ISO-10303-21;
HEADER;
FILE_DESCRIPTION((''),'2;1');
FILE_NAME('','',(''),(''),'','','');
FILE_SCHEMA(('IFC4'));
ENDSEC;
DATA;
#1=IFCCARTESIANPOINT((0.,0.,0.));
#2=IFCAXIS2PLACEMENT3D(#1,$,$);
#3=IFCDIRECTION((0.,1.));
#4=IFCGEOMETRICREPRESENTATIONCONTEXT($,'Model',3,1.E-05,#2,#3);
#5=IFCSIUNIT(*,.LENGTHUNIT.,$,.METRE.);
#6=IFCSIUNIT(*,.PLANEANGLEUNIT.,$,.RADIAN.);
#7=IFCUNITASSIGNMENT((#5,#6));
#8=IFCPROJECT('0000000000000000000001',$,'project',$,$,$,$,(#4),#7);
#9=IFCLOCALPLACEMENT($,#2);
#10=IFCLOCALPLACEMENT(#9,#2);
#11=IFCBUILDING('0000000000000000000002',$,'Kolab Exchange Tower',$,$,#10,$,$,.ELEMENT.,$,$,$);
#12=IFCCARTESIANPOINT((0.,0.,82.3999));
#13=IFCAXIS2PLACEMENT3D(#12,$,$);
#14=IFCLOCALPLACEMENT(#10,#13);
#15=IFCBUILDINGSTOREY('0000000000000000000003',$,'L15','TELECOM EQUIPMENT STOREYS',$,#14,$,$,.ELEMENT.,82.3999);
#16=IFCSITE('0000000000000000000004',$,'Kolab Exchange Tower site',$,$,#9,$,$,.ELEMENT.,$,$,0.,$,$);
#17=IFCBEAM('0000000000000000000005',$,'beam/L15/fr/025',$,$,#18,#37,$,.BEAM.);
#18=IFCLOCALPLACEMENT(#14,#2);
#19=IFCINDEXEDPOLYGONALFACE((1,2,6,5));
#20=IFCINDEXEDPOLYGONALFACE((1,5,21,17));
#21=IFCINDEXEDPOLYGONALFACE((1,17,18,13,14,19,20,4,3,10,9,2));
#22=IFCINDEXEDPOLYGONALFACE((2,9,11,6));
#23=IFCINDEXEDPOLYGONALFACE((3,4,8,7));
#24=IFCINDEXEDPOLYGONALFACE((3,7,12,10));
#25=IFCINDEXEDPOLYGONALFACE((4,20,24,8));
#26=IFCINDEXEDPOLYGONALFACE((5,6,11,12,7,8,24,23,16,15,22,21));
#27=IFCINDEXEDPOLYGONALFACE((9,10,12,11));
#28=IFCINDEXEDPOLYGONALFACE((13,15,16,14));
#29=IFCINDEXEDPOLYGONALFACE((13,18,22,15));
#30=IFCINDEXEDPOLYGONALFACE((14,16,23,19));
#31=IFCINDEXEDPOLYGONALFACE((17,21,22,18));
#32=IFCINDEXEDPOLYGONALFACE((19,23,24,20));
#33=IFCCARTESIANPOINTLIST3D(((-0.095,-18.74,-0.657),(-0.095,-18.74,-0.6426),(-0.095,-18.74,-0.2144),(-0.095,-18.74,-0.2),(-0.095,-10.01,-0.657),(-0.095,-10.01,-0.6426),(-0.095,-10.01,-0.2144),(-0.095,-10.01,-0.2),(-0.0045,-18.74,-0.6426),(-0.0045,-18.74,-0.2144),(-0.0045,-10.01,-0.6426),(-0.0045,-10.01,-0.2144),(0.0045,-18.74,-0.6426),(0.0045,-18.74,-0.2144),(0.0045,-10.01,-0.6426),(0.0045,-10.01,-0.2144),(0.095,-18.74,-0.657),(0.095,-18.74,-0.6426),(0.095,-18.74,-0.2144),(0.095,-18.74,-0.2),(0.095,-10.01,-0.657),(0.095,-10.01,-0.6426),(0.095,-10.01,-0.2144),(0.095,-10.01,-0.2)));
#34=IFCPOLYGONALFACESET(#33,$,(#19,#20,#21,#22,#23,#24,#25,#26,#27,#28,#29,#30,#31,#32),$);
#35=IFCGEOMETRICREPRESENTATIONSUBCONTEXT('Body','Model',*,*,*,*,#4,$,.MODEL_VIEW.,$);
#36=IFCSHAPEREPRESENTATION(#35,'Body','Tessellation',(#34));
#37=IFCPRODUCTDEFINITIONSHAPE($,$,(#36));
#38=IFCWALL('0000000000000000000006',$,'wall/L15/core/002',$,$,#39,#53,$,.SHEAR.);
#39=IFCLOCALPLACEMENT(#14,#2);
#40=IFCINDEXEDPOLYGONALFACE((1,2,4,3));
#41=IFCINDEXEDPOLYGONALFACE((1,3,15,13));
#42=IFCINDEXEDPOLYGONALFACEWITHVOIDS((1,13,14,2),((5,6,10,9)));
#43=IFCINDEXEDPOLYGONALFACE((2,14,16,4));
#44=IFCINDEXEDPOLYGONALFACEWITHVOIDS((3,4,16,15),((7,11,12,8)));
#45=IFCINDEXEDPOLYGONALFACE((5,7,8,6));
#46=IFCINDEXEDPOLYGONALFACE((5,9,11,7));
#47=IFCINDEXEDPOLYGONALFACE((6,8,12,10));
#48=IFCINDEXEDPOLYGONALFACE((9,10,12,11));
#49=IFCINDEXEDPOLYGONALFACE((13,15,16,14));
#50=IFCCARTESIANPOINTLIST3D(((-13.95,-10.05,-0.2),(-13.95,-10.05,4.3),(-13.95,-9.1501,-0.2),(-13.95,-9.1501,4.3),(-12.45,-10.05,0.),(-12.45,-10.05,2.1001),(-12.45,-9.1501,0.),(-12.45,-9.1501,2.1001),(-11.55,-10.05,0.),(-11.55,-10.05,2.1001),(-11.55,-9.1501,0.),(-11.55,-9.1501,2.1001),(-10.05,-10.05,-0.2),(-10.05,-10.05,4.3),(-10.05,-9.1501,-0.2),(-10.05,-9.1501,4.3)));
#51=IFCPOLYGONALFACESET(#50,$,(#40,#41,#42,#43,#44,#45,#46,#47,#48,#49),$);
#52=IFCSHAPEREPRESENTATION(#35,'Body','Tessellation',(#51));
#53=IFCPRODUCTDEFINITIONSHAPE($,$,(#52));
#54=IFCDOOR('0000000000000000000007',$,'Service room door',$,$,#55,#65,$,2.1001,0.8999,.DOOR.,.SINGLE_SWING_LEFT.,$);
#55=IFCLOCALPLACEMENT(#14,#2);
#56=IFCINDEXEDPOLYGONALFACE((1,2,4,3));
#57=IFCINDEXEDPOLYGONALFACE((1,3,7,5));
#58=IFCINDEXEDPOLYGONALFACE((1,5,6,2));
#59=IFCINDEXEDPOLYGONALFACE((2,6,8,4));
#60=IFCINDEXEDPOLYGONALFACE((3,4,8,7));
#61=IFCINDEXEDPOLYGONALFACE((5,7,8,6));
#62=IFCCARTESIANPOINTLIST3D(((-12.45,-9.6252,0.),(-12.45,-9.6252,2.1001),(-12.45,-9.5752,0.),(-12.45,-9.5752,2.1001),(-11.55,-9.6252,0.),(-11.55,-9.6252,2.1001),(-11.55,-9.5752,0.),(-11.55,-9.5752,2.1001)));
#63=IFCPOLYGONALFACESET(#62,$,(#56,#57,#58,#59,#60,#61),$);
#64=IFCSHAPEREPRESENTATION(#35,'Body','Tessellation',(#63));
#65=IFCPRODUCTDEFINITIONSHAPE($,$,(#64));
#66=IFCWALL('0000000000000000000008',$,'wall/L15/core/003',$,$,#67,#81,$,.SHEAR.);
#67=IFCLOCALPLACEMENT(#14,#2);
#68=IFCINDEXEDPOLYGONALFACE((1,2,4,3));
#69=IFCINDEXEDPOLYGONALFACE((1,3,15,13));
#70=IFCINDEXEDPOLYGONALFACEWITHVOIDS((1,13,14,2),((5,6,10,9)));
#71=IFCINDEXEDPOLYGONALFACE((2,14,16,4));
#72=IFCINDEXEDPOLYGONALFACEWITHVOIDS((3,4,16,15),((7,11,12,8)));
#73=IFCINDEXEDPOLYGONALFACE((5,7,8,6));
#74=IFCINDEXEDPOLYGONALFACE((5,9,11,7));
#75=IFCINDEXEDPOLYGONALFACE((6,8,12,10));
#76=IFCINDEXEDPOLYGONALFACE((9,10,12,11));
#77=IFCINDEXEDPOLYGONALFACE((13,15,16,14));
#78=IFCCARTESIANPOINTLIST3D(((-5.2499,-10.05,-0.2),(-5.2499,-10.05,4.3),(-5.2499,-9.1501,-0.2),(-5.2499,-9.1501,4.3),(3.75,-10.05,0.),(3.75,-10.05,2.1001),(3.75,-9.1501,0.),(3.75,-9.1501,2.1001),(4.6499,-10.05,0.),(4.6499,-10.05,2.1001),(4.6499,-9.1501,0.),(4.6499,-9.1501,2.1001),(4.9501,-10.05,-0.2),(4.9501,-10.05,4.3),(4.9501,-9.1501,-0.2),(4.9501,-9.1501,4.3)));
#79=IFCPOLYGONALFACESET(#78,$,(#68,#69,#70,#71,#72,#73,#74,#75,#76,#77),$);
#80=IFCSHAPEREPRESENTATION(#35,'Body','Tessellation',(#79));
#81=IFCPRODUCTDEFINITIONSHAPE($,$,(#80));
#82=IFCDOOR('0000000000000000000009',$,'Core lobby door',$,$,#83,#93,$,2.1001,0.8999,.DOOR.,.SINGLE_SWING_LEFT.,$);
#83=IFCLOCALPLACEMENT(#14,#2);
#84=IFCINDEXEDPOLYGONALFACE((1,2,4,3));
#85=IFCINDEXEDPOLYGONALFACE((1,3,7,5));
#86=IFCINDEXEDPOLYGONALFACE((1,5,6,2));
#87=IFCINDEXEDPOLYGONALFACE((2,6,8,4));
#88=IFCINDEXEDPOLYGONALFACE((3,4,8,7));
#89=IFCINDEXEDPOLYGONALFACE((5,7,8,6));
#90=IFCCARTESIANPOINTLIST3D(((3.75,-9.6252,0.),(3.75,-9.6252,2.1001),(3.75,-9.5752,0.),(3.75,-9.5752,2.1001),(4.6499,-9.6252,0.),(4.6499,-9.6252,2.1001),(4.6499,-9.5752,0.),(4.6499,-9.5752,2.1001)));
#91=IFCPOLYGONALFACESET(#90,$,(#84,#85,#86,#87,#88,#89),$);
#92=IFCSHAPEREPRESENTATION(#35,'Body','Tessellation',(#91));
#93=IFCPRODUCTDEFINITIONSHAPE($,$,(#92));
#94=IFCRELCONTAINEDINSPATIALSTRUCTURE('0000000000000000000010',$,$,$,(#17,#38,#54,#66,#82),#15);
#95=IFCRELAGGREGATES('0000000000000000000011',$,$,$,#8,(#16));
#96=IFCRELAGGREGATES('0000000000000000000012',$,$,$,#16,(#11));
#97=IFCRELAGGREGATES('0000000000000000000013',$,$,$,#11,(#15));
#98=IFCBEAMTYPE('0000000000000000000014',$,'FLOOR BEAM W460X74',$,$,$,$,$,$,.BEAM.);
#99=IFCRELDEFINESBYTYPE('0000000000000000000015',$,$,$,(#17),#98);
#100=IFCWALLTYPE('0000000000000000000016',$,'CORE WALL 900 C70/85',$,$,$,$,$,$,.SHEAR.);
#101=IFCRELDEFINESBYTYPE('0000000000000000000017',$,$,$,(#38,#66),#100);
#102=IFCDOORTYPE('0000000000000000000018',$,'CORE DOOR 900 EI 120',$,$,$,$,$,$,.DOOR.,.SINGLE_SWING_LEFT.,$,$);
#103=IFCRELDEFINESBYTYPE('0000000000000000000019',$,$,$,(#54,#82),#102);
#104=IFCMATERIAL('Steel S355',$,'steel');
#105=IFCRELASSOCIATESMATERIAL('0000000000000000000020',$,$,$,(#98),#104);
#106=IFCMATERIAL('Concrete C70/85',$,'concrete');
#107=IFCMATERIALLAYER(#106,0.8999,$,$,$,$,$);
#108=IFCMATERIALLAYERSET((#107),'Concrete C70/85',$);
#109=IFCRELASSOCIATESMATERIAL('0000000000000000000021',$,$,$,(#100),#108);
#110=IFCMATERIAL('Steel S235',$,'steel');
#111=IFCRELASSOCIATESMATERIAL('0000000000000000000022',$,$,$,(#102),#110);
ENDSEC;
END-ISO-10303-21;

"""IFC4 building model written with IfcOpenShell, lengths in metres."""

from ifc_helpers import new_model, si_unit, direction, frame, frame_2d, origin, origin_2d, place, context, subcontext, project, spatial, rectangle, i_section, extrude, material, layer, layer_set, material_profile, profile_set, type_object, element, fill, save


model = new_model("IFC4")

# Units and contexts
model_context = context("Model", 3, precision=1e-05, world=origin(), true_north=direction((0.0, 1.0)))
body_context = subcontext(model_context, "Body", "Model", "MODEL_VIEW")
ifc_project = project(units=[si_unit("LENGTHUNIT", "METRE"), si_unit("PLANEANGLEUNIT", "RADIAN")], contexts=[model_context])

# Site, building, storey
site_placement = place(None, origin())
site = spatial("IfcSite", under=ifc_project, at=site_placement, Name="Kolab Exchange Tower site", CompositionType="ELEMENT", RefElevation=0.0)
building_placement = place(site_placement, origin())
building = spatial("IfcBuilding", under=site, at=building_placement, Name="Kolab Exchange Tower", CompositionType="ELEMENT")
storey_placement = place(building_placement, frame((0.0, 0.0, 82.3999)))
storey = spatial("IfcBuildingStorey", under=building, at=storey_placement, Name="L15", Description="TELECOM EQUIPMENT STOREYS", CompositionType="ELEMENT", Elevation=82.3999)

# Beam
ifc_material_1 = material(Name="Steel S355", Category="steel")
ifc_material_profile = material_profile(ifc_material_1, i_section(OverallWidth=0.1899, OverallDepth=0.457, WebThickness=0.009, FlangeThickness=0.0144, at=origin_2d()), Name="W460X74")
ifc_profile_set = profile_set([ifc_material_profile], Name="Steel S355")
beam_type = type_object("IfcBeamType", Name="FLOOR BEAM W460X74", PredefinedType="BEAM", material=ifc_profile_set)
beam_placement = place(storey_placement, frame((0.0, -18.74, -0.4285), z_axis=(0.0, 1.0, 0.0), x_axis=(-1.0, 0.0, 0.0)))
element("IfcBeam", 1, at=beam_placement, inside=storey, type_object=beam_type, Name="beam/L15/fr/025", PredefinedType="BEAM", context=body_context, shape_type="SweptSolid", body=[
    extrude(i_section(OverallWidth=0.1899, OverallDepth=0.457, WebThickness=0.009, FlangeThickness=0.0144, at=origin_2d()), origin(), (0.0, 0.0, 1.0), 8.73),
])

# Walls, openings, doors
ifc_material_2 = material(Name="Concrete C70/85", Category="concrete")
ifc_layer_1 = layer(ifc_material_2, 0.8999)
ifc_layer_set_1 = layer_set([ifc_layer_1], Name="Concrete C70/85")
wall_type_1 = type_object("IfcWallType", Name="CORE WALL 900 C70/85", PredefinedType="SHEAR", material=ifc_layer_set_1)
wall_1_placement = place(storey_placement, frame((-13.95, -9.6001, -0.2), z_axis=(0.0, 0.0, 1.0), x_axis=(1.0, 0.0, 0.0)))
wall_1 = element("IfcWall", 2, at=wall_1_placement, inside=storey, type_object=wall_type_1, Name="wall/L15/core/002", PredefinedType="SHEAR", context=body_context, shape_type="SweptSolid", body=[
    extrude(rectangle(XDim=3.8999, YDim=0.8999, at=frame_2d((1.95, 0.0))), origin(), (0.0, 0.0, 1.0), 4.5),
])
opening_1_placement = place(wall_1_placement, frame((1.5, 0.0, 0.2)))
opening_1 = element("IfcOpeningElement", 3, at=opening_1_placement, cuts=wall_1, PredefinedType="OPENING", context=body_context, shape_type="SweptSolid", body=[
    extrude(rectangle(XDim=0.8999, YDim=2.1001, at=frame_2d((0.45, 1.05))), frame((0.0, 0.46, 0.0), z_axis=(0.0, -1.0, 0.0), x_axis=(1.0, 0.0, 0.0)), (0.0, 0.0, 1.0), 0.9199),
])
ifc_material_3 = material(Name="Steel S235", Category="steel")
door_type_1 = type_object("IfcDoorType", Name="CORE DOOR 900 EI 120", OperationType="SINGLE_SWING_LEFT", PredefinedType="DOOR", material=ifc_material_3)
door_1_placement = place(opening_1_placement, origin())
door_1 = element("IfcDoor", 4, at=door_1_placement, inside=storey, type_object=door_type_1, Name="Service room door", OperationType="SINGLE_SWING_LEFT", OverallHeight=2.1001, OverallWidth=0.8999, PredefinedType="DOOR", context=body_context, shape_type="SweptSolid", body=[
    extrude(rectangle(XDim=0.8999, YDim=2.1001, at=frame_2d((0.45, 1.05))), frame((0.0, 0.0249, 0.0), z_axis=(0.0, -1.0, 0.0), x_axis=(1.0, 0.0, 0.0)), (0.0, 0.0, 1.0), 0.05),
])
fill(opening_1, door_1)
wall_2_placement = place(storey_placement, frame((-5.25, -9.6001, -0.2), z_axis=(0.0, 0.0, 1.0), x_axis=(1.0, 0.0, 0.0)))
wall_2 = element("IfcWall", 5, at=wall_2_placement, inside=storey, type_object=wall_type_1, Name="wall/L15/core/003", PredefinedType="SHEAR", context=body_context, shape_type="SweptSolid", body=[
    extrude(rectangle(XDim=10.2, YDim=0.8999, at=frame_2d((5.1001, 0.0))), origin(), (0.0, 0.0, 1.0), 4.5),
])
opening_2_placement = place(wall_2_placement, frame((9.0, 0.0, 0.2)))
opening_2 = element("IfcOpeningElement", 6, at=opening_2_placement, cuts=wall_2, PredefinedType="OPENING", context=body_context, shape_type="SweptSolid", body=[
    extrude(rectangle(XDim=0.8999, YDim=2.1001, at=frame_2d((0.45, 1.05))), frame((0.0, 0.46, 0.0), z_axis=(0.0, -1.0, 0.0), x_axis=(1.0, 0.0, 0.0)), (0.0, 0.0, 1.0), 0.9199),
])
door_2_placement = place(opening_2_placement, origin())
door_2 = element("IfcDoor", 7, at=door_2_placement, inside=storey, type_object=door_type_1, Name="Core lobby door", OperationType="SINGLE_SWING_LEFT", OverallHeight=2.1001, OverallWidth=0.8999, PredefinedType="DOOR", context=body_context, shape_type="SweptSolid", body=[
    extrude(rectangle(XDim=0.8999, YDim=2.1001, at=frame_2d((0.45, 1.05))), frame((0.0, 0.0249, 0.0), z_axis=(0.0, -1.0, 0.0), x_axis=(1.0, 0.0, 0.0)), (0.0, 0.0, 1.0), 0.05),
])
fill(opening_2, door_2)

save(model, "model.ifc")
